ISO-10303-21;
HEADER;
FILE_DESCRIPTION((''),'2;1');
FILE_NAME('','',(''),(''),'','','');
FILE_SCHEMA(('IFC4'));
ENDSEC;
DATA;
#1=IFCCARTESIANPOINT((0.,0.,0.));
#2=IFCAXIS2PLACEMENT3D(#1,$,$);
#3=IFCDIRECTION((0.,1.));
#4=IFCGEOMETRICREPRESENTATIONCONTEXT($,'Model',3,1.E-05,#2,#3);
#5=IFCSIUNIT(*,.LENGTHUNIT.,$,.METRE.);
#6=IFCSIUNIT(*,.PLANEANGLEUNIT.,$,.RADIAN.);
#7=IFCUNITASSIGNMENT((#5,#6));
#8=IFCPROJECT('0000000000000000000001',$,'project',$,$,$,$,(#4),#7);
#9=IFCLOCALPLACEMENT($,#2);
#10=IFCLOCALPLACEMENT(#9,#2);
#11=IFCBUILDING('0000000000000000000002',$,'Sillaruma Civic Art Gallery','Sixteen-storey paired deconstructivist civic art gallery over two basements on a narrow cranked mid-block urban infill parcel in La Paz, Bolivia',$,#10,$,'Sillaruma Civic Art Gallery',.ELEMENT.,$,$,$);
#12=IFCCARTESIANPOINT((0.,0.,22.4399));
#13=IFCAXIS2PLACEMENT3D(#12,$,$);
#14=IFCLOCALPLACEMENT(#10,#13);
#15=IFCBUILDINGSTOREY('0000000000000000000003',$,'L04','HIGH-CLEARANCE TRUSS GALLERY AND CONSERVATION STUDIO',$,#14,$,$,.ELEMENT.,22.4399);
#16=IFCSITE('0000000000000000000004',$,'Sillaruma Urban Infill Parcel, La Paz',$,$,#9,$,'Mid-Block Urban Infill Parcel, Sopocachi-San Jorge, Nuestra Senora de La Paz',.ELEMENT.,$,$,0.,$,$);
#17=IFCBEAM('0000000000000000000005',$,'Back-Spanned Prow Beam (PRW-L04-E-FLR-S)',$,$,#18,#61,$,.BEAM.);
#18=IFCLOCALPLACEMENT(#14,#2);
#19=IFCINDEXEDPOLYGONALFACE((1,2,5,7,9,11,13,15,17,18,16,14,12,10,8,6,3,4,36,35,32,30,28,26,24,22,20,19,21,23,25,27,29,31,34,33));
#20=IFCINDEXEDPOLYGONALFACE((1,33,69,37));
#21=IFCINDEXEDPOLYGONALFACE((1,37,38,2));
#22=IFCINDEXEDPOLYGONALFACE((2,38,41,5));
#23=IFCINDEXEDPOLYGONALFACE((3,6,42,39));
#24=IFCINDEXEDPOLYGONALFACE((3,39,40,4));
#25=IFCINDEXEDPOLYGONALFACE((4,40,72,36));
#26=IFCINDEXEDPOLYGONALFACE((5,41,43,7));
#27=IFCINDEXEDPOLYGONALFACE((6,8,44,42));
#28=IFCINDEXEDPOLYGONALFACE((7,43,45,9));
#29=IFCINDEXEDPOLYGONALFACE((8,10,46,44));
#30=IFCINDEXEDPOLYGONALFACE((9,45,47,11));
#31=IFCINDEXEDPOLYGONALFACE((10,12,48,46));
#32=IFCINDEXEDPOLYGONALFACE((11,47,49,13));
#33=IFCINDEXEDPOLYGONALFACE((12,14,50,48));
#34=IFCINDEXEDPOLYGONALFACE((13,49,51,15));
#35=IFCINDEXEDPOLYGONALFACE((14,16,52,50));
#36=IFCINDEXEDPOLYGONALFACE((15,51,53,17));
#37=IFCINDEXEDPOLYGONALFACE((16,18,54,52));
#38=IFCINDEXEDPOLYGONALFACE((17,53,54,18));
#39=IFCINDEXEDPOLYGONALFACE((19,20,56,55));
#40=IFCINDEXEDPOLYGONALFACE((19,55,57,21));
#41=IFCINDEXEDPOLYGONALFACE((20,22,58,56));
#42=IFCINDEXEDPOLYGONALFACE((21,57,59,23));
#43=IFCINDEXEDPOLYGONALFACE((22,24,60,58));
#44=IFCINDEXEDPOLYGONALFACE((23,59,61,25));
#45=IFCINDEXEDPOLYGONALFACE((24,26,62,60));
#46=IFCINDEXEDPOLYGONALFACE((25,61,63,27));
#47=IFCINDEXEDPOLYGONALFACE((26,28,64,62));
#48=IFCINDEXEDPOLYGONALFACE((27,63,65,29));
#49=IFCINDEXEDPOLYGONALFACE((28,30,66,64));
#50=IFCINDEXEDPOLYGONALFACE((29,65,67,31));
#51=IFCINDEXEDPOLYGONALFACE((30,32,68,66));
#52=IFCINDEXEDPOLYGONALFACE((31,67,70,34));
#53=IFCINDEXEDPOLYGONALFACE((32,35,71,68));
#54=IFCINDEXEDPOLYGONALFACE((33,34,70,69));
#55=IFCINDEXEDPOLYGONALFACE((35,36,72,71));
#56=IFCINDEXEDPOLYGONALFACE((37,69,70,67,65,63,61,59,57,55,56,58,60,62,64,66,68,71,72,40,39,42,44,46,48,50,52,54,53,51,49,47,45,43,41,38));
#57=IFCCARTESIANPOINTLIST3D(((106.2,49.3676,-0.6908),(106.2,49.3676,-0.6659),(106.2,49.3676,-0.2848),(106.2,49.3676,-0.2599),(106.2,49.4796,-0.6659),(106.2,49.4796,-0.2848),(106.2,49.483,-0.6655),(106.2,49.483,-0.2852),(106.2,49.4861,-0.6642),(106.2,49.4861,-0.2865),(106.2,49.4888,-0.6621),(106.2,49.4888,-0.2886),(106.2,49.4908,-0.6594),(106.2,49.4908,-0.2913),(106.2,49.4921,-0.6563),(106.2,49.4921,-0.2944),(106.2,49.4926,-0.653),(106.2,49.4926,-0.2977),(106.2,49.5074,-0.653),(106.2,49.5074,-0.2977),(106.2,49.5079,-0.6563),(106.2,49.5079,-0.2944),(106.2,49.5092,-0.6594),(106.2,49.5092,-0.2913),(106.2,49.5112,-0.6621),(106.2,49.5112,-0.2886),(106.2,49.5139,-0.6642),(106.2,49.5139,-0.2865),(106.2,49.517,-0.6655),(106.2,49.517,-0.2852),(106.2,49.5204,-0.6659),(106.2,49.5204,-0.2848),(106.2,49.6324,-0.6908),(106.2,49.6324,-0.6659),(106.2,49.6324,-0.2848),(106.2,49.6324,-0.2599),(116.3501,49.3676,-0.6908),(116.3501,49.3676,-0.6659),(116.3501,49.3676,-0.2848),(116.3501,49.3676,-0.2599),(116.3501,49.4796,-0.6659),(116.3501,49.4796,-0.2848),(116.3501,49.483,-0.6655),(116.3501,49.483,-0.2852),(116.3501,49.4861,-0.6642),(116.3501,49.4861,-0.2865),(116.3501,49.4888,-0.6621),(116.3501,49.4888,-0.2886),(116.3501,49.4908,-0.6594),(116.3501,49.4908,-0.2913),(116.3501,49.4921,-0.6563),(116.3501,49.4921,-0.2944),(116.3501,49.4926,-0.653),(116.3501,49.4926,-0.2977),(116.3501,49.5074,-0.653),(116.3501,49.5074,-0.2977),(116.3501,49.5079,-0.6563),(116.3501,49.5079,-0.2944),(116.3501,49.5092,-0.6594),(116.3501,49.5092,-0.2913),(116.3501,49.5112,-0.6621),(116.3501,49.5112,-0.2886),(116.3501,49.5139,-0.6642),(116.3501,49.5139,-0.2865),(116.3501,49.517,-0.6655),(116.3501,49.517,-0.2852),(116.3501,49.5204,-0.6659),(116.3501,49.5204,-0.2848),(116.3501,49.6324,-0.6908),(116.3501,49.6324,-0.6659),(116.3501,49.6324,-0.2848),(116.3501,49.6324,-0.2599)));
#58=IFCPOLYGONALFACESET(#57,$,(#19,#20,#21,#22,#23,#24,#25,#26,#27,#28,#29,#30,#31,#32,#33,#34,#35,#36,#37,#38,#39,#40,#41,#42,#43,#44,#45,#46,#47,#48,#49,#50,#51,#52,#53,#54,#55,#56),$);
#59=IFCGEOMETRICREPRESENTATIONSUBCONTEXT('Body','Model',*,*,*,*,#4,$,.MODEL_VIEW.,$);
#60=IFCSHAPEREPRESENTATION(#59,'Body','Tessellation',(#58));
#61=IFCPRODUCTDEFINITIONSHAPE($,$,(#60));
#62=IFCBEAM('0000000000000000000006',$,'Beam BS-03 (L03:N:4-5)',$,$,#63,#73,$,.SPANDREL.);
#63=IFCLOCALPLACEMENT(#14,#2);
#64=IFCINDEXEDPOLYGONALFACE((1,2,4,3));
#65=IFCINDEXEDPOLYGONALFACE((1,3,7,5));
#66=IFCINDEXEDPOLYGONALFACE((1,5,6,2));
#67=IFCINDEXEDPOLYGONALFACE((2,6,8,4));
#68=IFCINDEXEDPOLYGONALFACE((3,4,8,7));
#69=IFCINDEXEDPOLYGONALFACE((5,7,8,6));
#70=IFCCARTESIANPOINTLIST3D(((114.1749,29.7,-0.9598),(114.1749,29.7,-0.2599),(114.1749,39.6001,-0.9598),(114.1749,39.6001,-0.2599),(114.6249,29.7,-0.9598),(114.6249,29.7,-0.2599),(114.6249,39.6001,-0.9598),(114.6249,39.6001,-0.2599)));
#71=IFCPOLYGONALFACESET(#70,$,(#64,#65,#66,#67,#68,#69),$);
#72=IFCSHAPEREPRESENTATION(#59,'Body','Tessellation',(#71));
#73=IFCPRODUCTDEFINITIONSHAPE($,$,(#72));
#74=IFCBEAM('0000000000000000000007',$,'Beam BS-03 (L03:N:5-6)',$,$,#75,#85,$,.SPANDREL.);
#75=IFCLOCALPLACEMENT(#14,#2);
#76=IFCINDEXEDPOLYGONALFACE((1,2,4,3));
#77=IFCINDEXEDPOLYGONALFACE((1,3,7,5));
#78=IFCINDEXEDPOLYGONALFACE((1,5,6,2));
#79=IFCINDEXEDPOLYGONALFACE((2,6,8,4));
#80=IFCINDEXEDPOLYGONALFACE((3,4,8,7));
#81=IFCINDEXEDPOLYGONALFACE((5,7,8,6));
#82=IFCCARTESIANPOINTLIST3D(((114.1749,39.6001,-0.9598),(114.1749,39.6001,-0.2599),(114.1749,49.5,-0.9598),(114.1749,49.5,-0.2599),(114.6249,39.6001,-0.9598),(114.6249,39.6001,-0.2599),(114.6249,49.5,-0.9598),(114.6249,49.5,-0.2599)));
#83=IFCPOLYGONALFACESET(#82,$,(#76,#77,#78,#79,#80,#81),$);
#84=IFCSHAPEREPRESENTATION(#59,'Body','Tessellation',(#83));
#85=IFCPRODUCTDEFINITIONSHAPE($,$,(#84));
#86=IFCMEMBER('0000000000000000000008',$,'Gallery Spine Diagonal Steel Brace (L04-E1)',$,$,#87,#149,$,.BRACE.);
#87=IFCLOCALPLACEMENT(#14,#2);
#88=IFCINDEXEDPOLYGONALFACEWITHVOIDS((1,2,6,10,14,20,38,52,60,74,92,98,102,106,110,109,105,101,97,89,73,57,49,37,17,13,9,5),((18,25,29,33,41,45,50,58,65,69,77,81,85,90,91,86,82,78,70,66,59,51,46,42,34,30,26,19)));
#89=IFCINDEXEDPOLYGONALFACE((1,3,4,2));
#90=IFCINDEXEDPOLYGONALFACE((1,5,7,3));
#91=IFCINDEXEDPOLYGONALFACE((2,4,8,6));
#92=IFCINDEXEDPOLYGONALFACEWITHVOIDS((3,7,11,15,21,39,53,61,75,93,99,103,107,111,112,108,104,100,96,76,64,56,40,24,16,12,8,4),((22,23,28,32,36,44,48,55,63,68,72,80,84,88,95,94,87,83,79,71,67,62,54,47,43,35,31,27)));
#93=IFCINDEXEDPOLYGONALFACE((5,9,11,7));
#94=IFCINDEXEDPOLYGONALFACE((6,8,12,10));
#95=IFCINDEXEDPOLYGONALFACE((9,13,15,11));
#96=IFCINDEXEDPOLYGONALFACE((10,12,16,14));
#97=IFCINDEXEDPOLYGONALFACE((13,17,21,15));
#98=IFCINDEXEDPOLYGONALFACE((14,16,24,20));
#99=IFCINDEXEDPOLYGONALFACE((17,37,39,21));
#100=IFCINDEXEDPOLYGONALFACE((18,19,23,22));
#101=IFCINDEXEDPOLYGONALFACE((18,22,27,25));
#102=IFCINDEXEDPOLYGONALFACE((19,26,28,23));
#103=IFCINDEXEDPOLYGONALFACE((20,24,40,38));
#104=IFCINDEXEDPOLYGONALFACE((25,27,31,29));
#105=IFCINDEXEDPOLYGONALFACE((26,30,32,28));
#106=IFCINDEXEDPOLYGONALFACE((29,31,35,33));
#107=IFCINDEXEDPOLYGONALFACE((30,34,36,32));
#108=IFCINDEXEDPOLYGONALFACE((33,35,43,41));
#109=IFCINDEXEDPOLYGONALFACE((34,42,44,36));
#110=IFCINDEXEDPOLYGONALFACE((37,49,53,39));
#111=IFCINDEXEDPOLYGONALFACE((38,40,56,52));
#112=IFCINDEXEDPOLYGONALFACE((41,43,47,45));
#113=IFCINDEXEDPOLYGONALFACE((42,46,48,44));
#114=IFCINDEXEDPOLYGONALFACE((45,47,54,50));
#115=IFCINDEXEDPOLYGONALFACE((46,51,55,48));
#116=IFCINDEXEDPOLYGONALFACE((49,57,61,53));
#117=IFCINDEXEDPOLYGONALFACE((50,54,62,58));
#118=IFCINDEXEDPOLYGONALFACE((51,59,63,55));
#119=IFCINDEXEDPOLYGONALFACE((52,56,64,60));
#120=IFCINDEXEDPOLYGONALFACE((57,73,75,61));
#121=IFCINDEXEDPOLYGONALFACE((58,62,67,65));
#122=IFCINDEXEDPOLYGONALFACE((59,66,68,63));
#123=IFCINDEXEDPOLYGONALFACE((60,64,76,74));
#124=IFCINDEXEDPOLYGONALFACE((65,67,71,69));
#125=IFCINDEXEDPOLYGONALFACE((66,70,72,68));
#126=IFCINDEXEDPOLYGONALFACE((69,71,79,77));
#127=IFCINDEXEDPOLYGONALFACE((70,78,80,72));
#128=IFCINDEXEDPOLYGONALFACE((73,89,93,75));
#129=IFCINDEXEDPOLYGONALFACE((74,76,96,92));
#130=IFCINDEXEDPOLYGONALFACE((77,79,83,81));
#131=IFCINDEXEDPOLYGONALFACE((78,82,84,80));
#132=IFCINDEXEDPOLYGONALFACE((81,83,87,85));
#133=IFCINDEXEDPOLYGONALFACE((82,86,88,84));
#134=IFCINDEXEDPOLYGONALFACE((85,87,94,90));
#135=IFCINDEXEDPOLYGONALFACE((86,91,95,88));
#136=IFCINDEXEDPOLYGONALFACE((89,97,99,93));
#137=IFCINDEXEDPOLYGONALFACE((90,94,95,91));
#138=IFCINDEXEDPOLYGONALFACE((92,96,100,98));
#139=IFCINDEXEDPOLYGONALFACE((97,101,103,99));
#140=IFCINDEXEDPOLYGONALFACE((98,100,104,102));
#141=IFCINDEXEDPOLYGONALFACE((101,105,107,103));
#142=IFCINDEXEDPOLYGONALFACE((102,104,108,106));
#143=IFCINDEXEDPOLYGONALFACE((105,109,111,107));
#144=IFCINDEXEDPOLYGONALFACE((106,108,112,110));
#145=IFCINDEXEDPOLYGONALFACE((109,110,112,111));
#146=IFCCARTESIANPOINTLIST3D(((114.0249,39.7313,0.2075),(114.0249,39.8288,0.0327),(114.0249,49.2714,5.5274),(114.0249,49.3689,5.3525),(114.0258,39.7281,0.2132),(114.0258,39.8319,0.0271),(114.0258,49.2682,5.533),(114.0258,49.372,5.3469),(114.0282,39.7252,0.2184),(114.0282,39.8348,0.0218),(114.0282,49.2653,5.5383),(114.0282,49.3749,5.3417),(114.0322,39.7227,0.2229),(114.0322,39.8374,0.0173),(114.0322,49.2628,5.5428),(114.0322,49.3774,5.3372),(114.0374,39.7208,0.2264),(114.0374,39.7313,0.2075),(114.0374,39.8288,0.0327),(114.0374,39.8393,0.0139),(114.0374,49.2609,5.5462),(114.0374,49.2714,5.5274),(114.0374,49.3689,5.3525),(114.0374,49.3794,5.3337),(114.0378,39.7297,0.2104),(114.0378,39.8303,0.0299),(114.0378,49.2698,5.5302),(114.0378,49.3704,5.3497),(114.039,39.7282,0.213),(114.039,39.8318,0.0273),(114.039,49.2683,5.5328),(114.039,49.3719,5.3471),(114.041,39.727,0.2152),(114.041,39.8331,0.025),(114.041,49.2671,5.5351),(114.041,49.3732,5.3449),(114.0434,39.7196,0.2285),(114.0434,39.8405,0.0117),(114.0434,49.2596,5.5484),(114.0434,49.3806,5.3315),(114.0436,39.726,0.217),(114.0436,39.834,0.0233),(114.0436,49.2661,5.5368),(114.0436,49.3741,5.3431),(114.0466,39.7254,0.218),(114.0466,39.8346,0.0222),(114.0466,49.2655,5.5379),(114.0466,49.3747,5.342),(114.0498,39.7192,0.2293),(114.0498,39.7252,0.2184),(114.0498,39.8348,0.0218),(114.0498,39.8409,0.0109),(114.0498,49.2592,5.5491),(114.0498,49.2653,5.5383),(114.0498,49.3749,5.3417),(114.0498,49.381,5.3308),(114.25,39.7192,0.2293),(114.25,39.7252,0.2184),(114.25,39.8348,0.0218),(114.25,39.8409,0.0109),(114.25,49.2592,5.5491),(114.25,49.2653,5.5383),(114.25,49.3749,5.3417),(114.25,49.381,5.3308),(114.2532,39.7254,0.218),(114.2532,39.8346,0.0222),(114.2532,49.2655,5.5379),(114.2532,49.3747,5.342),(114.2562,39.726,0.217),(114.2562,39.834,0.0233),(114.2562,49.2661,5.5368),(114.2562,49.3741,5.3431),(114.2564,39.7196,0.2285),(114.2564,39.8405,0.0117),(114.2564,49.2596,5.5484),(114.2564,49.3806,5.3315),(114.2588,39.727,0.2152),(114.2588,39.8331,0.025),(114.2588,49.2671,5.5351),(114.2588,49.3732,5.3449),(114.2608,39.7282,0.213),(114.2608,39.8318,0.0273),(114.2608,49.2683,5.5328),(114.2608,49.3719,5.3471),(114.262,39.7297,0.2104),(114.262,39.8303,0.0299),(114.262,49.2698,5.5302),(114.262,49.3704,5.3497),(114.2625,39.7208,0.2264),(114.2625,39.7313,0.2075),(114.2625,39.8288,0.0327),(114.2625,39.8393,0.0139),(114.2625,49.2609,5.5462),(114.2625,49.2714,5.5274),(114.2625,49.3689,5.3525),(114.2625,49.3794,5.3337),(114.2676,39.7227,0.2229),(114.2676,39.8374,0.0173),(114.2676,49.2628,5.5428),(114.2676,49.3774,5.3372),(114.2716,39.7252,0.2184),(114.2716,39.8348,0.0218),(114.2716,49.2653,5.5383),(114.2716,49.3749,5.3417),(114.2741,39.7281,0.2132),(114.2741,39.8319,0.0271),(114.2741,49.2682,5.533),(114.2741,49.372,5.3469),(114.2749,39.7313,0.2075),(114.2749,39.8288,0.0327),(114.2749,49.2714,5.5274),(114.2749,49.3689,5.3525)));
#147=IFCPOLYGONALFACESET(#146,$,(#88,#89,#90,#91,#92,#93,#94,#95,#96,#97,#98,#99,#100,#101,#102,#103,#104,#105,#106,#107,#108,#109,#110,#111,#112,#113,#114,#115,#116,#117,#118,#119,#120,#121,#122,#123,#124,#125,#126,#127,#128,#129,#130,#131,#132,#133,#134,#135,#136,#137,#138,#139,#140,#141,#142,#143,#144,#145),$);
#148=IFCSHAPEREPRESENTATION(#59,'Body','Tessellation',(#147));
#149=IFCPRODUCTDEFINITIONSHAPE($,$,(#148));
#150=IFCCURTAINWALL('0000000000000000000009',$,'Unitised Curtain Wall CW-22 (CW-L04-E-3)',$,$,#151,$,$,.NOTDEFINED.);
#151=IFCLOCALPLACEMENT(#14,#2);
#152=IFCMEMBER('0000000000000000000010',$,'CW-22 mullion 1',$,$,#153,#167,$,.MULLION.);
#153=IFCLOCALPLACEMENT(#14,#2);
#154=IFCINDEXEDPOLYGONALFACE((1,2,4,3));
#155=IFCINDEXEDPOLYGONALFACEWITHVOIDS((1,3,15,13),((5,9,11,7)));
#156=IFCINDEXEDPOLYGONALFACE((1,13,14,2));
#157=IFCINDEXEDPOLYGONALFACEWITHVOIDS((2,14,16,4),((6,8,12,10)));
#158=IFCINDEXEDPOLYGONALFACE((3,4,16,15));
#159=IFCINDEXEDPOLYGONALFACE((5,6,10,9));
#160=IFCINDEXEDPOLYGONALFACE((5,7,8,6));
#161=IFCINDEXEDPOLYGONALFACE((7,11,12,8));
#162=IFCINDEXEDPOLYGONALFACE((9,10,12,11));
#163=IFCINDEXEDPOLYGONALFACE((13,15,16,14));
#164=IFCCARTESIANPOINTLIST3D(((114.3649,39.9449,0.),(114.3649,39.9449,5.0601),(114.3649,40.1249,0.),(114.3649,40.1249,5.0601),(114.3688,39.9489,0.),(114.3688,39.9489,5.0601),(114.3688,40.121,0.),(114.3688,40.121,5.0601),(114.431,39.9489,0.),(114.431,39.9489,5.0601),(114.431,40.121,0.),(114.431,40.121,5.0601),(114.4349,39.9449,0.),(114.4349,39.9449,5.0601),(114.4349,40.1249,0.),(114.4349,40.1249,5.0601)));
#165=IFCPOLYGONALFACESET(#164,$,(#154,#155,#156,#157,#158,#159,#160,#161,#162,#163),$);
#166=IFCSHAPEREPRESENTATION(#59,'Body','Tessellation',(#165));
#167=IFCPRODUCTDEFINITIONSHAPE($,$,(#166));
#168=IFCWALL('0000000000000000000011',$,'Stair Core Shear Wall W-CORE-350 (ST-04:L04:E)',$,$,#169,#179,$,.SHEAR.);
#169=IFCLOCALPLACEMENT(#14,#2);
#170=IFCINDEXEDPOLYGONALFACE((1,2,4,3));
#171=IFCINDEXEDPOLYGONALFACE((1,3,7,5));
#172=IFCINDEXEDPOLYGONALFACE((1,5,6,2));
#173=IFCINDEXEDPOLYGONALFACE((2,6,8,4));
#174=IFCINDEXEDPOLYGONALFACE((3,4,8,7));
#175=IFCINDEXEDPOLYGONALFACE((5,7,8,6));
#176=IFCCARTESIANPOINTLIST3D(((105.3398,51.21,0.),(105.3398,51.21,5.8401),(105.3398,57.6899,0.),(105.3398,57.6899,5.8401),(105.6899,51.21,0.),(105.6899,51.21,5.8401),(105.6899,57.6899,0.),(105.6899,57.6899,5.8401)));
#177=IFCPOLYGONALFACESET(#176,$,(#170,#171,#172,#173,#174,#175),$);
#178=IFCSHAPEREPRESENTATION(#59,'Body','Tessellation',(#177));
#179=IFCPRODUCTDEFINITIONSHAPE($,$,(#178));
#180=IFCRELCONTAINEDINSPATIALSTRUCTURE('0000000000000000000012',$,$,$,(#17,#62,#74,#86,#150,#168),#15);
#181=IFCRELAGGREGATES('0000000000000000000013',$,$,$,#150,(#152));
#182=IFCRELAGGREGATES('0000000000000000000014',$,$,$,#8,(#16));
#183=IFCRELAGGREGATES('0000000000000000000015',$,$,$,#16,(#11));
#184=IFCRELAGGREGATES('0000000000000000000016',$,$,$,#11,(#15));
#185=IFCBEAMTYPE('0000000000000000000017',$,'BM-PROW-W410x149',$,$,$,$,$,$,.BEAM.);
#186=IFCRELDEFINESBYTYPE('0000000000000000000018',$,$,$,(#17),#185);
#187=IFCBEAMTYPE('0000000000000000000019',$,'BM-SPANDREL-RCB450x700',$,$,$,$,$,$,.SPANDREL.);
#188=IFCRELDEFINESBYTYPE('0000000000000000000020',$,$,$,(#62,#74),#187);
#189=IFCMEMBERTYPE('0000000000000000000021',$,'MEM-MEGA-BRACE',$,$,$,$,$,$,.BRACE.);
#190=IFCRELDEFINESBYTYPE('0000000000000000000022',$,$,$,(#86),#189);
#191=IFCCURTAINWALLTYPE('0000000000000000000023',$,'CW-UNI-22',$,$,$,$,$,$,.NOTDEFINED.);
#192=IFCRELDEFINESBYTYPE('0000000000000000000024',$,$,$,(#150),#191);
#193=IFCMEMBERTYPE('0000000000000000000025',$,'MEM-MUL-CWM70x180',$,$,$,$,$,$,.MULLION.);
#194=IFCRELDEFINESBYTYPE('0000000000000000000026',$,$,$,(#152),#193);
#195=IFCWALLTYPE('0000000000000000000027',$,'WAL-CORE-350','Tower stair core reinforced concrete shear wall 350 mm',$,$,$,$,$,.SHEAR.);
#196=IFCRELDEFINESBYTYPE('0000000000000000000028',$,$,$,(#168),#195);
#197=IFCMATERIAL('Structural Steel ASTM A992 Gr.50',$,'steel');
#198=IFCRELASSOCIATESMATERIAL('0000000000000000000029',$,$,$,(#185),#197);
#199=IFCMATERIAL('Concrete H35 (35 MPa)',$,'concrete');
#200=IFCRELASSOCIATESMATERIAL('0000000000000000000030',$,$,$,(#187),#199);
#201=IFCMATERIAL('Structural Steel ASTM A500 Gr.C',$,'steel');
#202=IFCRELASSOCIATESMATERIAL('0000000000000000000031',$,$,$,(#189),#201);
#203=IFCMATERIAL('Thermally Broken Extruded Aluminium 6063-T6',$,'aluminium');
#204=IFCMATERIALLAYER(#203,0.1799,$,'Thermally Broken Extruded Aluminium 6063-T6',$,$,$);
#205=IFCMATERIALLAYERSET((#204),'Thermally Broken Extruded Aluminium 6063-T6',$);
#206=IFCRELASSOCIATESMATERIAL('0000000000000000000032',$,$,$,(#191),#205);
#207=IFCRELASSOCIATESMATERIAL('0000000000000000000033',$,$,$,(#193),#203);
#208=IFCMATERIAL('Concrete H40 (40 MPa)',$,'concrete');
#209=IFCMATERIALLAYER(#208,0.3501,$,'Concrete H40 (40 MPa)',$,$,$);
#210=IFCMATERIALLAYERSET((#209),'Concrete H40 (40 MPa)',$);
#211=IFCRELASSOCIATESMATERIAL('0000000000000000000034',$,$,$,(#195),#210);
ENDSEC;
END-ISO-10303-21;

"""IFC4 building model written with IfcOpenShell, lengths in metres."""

from ifc_helpers import new_model, si_unit, direction, frame, frame_2d, origin, origin_2d, place, context, subcontext, project, spatial, rectangle, hollow_rectangle, i_section, extrude, material, layer, layer_set, material_profile, profile_set, type_object, element, aggregate, save


model = new_model("IFC4")

# Units and contexts
model_context = context("Model", 3, precision=1e-05, world=origin(), true_north=direction((0.0, 1.0)))
body_context = subcontext(model_context, "Body", "Model", "MODEL_VIEW")
ifc_project = project(units=[si_unit("LENGTHUNIT", "METRE"), si_unit("PLANEANGLEUNIT", "RADIAN")], contexts=[model_context])

# Site, building, storey
site_placement = place(None, origin())
site = spatial("IfcSite", under=ifc_project, at=site_placement, Name="Sillaruma Urban Infill Parcel, La Paz", LongName="Mid-Block Urban Infill Parcel, Sopocachi-San Jorge, Nuestra Senora de La Paz", CompositionType="ELEMENT", RefElevation=0.0)
building_placement = place(site_placement, origin())
building = spatial("IfcBuilding", under=site, at=building_placement, Name="Sillaruma Civic Art Gallery", Description="Sixteen-storey paired deconstructivist civic art gallery over two basements on a narrow cranked mid-block urban infill parcel in La Paz, Bolivia", LongName="Sillaruma Civic Art Gallery", CompositionType="ELEMENT")
storey_placement = place(building_placement, frame((0.0, 0.0, 22.4399)))
storey = spatial("IfcBuildingStorey", under=building, at=storey_placement, Name="L04", Description="HIGH-CLEARANCE TRUSS GALLERY AND CONSERVATION STUDIO", CompositionType="ELEMENT", Elevation=22.4399)

# Shared definitions
ifc_material_1 = material(Name="Concrete H40 (40 MPa)", Category="concrete")

# Beams
ifc_material_2 = material(Name="Structural Steel ASTM A500 Gr.C", Category="steel")
ifc_material_3 = material(Name="Structural Steel ASTM A992 Gr.50", Category="steel")
ifc_material_profile_1 = material_profile(ifc_material_3, i_section(OverallWidth=0.2649, OverallDepth=0.4309, WebThickness=0.0149, FlangeThickness=0.0249, FilletRadius=0.0129, at=origin_2d()), Name="W410x149")
ifc_profile_set_1 = profile_set([ifc_material_profile_1], Name="Structural Steel ASTM A992 Gr.50")
beam_type_1 = type_object("IfcBeamType", Name="BM-PROW-W410x149", PredefinedType="BEAM", material=ifc_profile_set_1)
beam_1_placement = place(storey_placement, frame((106.2, 49.5, -0.4753), z_axis=(1.0, 0.0, 0.0), x_axis=(0.0, 1.0, 0.0)))
element("IfcBeam", 1, at=beam_1_placement, inside=storey, type_object=beam_type_1, Name="Back-Spanned Prow Beam (PRW-L04-E-FLR-S)", PredefinedType="BEAM", context=body_context, shape_type="SweptSolid", body=[
    extrude(i_section(OverallWidth=0.2649, OverallDepth=0.4309, WebThickness=0.0149, FlangeThickness=0.0249, FilletRadius=0.0129, at=origin_2d()), origin(), (0.0, 0.0, 1.0), 10.1501),
])
ifc_material_4 = material(Name="Concrete H35 (35 MPa)", Category="concrete")
ifc_material_profile_2 = material_profile(ifc_material_4, rectangle(XDim=0.45, YDim=0.7, at=origin_2d()), Name="RCB450x700")
ifc_profile_set_2 = profile_set([ifc_material_profile_2], Name="Concrete H35 (35 MPa)")
beam_type_2 = type_object("IfcBeamType", Name="BM-SPANDREL-RCB450x700", PredefinedType="SPANDREL", material=ifc_profile_set_2)
beam_2_placement = place(storey_placement, frame((114.3999, 29.7, -0.6099), z_axis=(0.0, 1.0, 0.0), x_axis=(-1.0, 0.0, 0.0)))
element("IfcBeam", 2, at=beam_2_placement, inside=storey, type_object=beam_type_2, Name="Beam BS-03 (L03:N:4-5)", PredefinedType="SPANDREL", context=body_context, shape_type="SweptSolid", body=[
    extrude(rectangle(XDim=0.45, YDim=0.7, at=origin_2d()), origin(), (0.0, 0.0, 1.0), 9.9001),
])
beam_3_placement = place(storey_placement, frame((114.3999, 39.6001, -0.6099), z_axis=(0.0, 1.0, 0.0), x_axis=(-1.0, 0.0, 0.0)))
element("IfcBeam", 3, at=beam_3_placement, inside=storey, type_object=beam_type_2, Name="Beam BS-03 (L03:N:5-6)", PredefinedType="SPANDREL", context=body_context, shape_type="SweptSolid", body=[
    extrude(rectangle(XDim=0.45, YDim=0.7, at=origin_2d()), origin(), (0.0, 0.0, 1.0), 9.8999),
])

# Member
ifc_material_profile_3 = material_profile(ifc_material_2, hollow_rectangle(XDim=0.25, YDim=0.25, WallThickness=0.0125, InnerFilletRadius=0.0125, OuterFilletRadius=0.0249, at=origin_2d()), Name="HSS250x250x12.5")
ifc_profile_set_3 = profile_set([ifc_material_profile_3], Name="Structural Steel ASTM A500 Gr.C")
member_type_1 = type_object("IfcMemberType", Name="MEM-MEGA-BRACE", PredefinedType="BRACE", material=ifc_profile_set_3)
member_1_placement = place(storey_placement, frame((114.1499, 39.78, 0.1201), z_axis=(0.0, 0.873387, 0.487028), x_axis=(-1.0, 0.0, 0.0)))
element("IfcMember", 4, at=member_1_placement, inside=storey, type_object=member_type_1, Name="Gallery Spine Diagonal Steel Brace (L04-E1)", PredefinedType="BRACE", context=body_context, shape_type="SweptSolid", body=[
    extrude(hollow_rectangle(XDim=0.25, YDim=0.25, WallThickness=0.0125, InnerFilletRadius=0.0125, OuterFilletRadius=0.0249, at=origin_2d()), origin(), (0.0, 0.0, 1.0), 10.9231),
])

# Curtain wall, member
ifc_material_5 = material(Name="Thermally Broken Extruded Aluminium 6063-T6", Category="aluminium")
ifc_layer_1 = layer(ifc_material_5, 0.1799, Name="Thermally Broken Extruded Aluminium 6063-T6")
ifc_layer_set_1 = layer_set([ifc_layer_1], Name="Thermally Broken Extruded Aluminium 6063-T6")
curtain_wall_type = type_object("IfcCurtainWallType", Name="CW-UNI-22", PredefinedType="NOTDEFINED", material=ifc_layer_set_1)
curtain_wall_placement = place(storey_placement, origin())
curtain_wall = element("IfcCurtainWall", 5, at=curtain_wall_placement, inside=storey, type_object=curtain_wall_type, Name="Unitised Curtain Wall CW-22 (CW-L04-E-3)", PredefinedType="NOTDEFINED")
ifc_material_profile_4 = material_profile(ifc_material_5, hollow_rectangle(XDim=0.0701, YDim=0.1799, WallThickness=0.0039, at=origin_2d()), Name="CWM70x180")
ifc_profile_set_4 = profile_set([ifc_material_profile_4], Name="Thermally Broken Extruded Aluminium 6063-T6")
member_type_2 = type_object("IfcMemberType", Name="MEM-MUL-CWM70x180", PredefinedType="MULLION", material=ifc_profile_set_4)
member_2_placement = place(storey_placement, frame((114.3999, 40.0349, 0.0), z_axis=(0.0, 0.0, 1.0), x_axis=(-1.0, 0.0, 0.0)))
member_2 = element("IfcMember", 6, at=member_2_placement, type_object=member_type_2, Name="CW-22 mullion 1", PredefinedType="MULLION", context=body_context, shape_type="SweptSolid", body=[
    extrude(hollow_rectangle(XDim=0.0701, YDim=0.1799, WallThickness=0.0039, at=origin_2d()), origin(), (0.0, 0.0, 1.0), 5.0601),
])
aggregate(curtain_wall, [member_2])

# Wall
ifc_layer_2 = layer(ifc_material_1, 0.3501, Name="Concrete H40 (40 MPa)")
ifc_layer_set_2 = layer_set([ifc_layer_2], Name="Concrete H40 (40 MPa)")
wall_type_1 = type_object("IfcWallType", Name="WAL-CORE-350", Description="Tower stair core reinforced concrete shear wall 350 mm", PredefinedType="SHEAR", material=ifc_layer_set_2)
wall_1_placement = place(storey_placement, frame((105.5149, 51.21, 0.0), z_axis=(0.0, 0.0, 1.0), x_axis=(0.0, 1.0, 0.0)))
element("IfcWall", 7, at=wall_1_placement, inside=storey, type_object=wall_type_1, Name="Stair Core Shear Wall W-CORE-350 (ST-04:L04:E)", PredefinedType="SHEAR", context=body_context, shape_type="SweptSolid", body=[
    extrude(rectangle(XDim=6.48, YDim=0.3501, at=frame_2d((3.24, 0.0))), origin(), (0.0, 0.0, 1.0), 5.8401),
])

save(model, "model.ifc")
